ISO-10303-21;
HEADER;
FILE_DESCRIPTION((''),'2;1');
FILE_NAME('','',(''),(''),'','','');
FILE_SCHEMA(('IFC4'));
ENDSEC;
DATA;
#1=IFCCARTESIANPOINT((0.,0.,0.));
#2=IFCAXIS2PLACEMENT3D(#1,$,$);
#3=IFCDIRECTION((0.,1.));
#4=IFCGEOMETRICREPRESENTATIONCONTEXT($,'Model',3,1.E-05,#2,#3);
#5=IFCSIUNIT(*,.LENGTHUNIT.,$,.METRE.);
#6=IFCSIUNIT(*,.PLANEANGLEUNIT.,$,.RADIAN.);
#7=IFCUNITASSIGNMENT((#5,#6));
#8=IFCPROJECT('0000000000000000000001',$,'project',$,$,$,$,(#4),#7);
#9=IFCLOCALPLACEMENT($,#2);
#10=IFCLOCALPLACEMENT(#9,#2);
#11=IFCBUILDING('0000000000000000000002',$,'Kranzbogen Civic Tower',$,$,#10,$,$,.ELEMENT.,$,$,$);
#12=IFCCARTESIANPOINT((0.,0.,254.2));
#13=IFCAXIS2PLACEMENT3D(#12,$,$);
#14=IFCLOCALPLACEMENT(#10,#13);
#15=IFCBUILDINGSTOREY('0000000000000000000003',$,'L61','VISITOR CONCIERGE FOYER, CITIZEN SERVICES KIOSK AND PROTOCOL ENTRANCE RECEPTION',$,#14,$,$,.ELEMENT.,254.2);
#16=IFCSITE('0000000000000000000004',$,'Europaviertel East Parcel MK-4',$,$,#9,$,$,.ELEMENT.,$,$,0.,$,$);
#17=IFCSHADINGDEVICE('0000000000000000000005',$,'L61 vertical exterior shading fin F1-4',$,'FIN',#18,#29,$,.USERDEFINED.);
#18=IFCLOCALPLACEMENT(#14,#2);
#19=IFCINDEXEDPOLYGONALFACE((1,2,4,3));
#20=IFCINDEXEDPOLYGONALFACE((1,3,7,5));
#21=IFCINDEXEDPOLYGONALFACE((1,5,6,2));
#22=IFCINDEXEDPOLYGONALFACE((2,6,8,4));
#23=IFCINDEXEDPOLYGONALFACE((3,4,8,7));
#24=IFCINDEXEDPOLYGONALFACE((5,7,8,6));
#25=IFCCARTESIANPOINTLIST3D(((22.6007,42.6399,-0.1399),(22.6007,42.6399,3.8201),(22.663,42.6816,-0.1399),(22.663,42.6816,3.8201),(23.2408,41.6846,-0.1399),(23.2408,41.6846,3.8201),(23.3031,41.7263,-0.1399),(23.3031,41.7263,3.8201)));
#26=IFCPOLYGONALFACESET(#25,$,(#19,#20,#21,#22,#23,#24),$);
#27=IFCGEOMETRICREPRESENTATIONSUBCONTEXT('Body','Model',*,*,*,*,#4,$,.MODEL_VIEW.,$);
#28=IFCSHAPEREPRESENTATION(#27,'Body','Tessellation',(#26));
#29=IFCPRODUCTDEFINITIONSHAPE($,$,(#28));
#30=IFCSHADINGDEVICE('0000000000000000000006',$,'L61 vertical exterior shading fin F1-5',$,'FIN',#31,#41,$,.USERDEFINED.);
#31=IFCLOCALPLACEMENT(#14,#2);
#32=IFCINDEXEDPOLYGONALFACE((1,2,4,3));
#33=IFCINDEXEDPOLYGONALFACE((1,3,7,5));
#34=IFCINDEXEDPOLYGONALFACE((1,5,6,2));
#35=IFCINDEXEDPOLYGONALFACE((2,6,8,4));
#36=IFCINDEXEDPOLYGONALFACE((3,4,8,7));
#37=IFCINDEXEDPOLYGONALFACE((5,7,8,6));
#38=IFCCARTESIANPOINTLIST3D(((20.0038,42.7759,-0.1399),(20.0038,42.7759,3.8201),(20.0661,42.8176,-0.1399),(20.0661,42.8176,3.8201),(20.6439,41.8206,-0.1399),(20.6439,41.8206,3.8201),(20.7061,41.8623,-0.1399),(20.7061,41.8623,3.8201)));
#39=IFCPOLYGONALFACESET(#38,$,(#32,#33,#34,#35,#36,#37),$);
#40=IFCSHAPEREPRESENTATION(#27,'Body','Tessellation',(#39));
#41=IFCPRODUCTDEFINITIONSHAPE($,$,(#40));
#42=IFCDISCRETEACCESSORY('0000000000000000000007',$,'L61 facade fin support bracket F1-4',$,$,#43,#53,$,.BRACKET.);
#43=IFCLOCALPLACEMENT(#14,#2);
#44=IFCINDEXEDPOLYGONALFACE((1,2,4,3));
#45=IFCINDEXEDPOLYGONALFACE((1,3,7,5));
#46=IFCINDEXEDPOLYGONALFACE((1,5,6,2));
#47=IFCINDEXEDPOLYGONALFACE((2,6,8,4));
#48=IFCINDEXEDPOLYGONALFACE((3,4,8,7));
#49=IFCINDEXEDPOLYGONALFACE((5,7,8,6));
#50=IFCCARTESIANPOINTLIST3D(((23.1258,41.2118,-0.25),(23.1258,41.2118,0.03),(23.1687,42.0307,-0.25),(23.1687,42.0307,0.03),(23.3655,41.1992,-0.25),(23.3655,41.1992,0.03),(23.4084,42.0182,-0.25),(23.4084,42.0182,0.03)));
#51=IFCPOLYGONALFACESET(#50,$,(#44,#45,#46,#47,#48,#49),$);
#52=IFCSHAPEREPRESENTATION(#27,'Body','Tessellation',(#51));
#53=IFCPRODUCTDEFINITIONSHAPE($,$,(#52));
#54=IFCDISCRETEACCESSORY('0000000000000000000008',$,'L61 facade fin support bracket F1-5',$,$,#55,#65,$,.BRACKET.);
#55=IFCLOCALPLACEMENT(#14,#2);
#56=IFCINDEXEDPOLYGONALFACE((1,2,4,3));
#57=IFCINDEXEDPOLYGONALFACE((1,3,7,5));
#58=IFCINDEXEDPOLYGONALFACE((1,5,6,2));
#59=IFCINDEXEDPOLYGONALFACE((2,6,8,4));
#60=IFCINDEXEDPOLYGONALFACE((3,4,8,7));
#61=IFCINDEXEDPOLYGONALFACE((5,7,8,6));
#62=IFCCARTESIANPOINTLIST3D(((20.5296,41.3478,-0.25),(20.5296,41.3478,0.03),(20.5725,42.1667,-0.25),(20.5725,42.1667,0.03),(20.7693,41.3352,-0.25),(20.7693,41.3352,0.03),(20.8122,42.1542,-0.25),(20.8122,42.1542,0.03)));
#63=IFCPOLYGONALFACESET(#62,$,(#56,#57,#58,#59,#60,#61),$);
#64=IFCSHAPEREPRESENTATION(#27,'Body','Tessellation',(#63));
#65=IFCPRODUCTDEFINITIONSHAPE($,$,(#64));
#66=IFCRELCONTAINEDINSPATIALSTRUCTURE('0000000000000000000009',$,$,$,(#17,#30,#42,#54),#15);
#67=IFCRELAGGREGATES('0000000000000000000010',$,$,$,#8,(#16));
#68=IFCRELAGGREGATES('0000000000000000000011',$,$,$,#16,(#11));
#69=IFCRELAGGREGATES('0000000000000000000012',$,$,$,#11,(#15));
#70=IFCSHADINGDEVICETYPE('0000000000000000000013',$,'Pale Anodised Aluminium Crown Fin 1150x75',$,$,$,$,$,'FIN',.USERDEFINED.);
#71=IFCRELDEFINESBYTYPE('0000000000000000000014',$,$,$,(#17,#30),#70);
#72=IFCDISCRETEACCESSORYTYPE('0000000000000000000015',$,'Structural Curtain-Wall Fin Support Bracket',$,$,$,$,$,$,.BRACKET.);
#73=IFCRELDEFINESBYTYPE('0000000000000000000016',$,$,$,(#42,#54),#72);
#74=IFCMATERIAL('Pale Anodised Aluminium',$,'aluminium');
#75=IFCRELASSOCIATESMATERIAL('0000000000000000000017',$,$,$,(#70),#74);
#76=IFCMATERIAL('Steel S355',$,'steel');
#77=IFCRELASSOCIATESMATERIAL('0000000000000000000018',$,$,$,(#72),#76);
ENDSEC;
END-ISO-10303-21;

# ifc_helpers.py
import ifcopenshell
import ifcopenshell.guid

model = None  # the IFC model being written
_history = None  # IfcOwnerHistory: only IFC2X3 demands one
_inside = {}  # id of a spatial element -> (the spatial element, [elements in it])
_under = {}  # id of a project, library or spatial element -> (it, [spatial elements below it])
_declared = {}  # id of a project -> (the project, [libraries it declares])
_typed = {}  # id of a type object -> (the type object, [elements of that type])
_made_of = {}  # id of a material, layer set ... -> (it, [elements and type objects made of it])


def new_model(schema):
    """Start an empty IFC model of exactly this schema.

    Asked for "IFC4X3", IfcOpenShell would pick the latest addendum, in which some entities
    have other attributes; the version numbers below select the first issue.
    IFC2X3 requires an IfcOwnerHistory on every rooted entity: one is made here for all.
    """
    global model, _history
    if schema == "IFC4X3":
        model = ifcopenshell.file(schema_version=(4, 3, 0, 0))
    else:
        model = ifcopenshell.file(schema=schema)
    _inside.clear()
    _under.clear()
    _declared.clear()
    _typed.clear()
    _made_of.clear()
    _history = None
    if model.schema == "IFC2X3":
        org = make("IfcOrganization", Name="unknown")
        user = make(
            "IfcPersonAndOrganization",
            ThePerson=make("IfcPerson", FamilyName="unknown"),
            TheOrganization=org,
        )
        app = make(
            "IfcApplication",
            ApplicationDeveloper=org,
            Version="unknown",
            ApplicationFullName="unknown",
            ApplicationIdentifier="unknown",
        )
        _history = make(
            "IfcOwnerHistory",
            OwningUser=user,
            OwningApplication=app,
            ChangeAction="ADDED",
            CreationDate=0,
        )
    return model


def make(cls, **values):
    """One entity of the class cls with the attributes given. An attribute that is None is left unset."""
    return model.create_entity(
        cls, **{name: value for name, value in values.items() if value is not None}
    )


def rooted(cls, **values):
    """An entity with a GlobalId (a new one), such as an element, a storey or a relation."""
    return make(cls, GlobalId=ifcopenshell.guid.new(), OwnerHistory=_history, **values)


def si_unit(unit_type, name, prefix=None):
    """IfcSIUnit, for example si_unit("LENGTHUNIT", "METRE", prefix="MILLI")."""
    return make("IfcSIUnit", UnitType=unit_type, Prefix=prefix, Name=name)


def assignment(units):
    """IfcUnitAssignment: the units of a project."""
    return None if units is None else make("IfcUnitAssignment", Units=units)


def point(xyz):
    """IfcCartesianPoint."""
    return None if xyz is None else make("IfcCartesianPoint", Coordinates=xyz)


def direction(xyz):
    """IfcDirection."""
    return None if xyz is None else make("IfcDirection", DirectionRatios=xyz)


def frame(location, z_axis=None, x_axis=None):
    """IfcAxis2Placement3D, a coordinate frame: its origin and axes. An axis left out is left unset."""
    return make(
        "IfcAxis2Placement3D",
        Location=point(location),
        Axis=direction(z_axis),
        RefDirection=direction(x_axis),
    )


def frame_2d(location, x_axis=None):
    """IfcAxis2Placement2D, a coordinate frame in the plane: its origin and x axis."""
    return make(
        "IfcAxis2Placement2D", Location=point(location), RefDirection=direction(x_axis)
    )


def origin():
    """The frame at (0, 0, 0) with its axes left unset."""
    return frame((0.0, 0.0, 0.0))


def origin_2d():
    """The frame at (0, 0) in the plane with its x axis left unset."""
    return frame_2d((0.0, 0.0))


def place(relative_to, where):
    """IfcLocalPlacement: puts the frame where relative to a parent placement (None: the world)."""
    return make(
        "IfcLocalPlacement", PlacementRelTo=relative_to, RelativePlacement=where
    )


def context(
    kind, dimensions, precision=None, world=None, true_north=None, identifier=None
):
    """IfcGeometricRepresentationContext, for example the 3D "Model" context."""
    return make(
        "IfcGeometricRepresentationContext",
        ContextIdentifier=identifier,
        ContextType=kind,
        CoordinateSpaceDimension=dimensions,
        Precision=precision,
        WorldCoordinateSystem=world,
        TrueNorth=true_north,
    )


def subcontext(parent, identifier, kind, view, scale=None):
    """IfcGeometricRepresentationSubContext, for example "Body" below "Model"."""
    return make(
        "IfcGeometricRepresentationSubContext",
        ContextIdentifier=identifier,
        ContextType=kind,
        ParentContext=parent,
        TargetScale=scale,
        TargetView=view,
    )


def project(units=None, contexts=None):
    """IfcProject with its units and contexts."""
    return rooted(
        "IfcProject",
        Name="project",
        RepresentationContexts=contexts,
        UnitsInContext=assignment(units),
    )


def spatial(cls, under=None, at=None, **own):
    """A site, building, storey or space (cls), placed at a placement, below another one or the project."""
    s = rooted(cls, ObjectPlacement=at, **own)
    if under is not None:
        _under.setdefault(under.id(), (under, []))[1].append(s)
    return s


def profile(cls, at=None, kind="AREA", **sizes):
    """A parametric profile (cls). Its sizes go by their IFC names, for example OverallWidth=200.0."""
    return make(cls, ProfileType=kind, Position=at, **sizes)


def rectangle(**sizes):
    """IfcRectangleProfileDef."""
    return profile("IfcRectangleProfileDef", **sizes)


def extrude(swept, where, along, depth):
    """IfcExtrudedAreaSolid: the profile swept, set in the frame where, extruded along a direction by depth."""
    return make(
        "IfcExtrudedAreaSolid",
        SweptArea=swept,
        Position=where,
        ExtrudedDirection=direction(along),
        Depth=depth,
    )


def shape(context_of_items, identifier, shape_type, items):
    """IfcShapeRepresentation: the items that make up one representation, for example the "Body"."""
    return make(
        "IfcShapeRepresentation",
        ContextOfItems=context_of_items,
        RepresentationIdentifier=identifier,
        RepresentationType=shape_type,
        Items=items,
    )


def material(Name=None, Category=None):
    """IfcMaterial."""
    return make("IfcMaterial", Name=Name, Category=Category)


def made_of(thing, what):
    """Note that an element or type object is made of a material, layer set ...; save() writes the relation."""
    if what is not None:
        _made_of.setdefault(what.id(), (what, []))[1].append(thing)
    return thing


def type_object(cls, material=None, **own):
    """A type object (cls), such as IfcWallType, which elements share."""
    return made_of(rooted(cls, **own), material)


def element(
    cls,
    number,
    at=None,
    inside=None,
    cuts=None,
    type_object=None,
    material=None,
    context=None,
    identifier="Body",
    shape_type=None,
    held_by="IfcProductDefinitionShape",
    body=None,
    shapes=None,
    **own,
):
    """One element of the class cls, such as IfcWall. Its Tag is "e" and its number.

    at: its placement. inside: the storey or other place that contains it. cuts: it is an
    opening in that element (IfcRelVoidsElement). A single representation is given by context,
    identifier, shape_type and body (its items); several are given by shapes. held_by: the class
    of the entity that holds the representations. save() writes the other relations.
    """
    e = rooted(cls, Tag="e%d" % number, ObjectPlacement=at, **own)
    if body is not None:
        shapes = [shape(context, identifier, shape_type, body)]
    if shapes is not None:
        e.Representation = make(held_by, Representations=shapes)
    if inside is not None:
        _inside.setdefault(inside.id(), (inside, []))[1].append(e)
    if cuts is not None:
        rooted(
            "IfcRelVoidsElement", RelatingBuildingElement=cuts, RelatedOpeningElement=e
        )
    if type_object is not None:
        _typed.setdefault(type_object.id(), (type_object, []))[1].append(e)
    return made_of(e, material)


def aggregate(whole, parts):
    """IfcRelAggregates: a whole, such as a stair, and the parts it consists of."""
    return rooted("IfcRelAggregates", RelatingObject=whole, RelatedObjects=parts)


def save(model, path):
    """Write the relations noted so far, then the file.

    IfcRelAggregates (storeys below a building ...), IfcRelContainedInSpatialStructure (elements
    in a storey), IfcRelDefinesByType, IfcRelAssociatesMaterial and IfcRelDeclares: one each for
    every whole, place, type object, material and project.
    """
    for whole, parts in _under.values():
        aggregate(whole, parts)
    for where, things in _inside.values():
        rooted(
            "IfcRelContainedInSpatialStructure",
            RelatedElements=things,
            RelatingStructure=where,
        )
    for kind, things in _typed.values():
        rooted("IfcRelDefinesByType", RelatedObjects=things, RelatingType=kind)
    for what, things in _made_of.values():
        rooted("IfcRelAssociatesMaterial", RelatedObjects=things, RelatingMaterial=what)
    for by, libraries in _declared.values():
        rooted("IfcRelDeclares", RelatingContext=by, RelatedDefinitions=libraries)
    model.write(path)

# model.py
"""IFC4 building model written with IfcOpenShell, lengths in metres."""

from ifc_helpers import new_model, si_unit, direction, frame, origin, origin_2d, place, context, subcontext, project, spatial, rectangle, extrude, material, type_object, element, save


model = new_model("IFC4")

# Units and contexts
model_context = context("Model", 3, precision=1e-05, world=origin(), true_north=direction((0.0, 1.0)))
body_context = subcontext(model_context, "Body", "Model", "MODEL_VIEW")
ifc_project = project(units=[si_unit("LENGTHUNIT", "METRE"), si_unit("PLANEANGLEUNIT", "RADIAN")], contexts=[model_context])

# Site, building, storey
site_placement = place(None, origin())
site = spatial("IfcSite", under=ifc_project, at=site_placement, Name="Europaviertel East Parcel MK-4", CompositionType="ELEMENT", RefElevation=0.0)
building_placement = place(site_placement, origin())
building = spatial("IfcBuilding", under=site, at=building_placement, Name="Kranzbogen Civic Tower", CompositionType="ELEMENT")
storey_placement = place(building_placement, frame((0.0, 0.0, 254.2)))
storey = spatial("IfcBuildingStorey", under=building, at=storey_placement, Name="L61", Description="VISITOR CONCIERGE FOYER, CITIZEN SERVICES KIOSK AND PROTOCOL ENTRANCE RECEPTION", CompositionType="ELEMENT", Elevation=254.2)

# Shared definitions
ifc_material_1 = material(Name="Steel S355", Category="steel")

# Shared definitions
ifc_material_2 = material(Name="Pale Anodised Aluminium", Category="aluminium")

# Shading devices
shading_device_type = type_object("IfcShadingDeviceType", Name="Pale Anodised Aluminium Crown Fin 1150x75", ElementType="FIN", PredefinedType="USERDEFINED", material=ifc_material_2)
for number, where, z_axis, x_axis, name in (
    (1, (22.9519, 42.1831, -0.1399), (0.0, 0.0, 1.0), (-0.556615, 0.830771, 0.0), "L61 vertical exterior shading fin F1-4"),
    (2, (20.355, 42.3191, -0.1399), (0.0, 0.0, 1.0), (-0.556615, 0.830771, 0.0), "L61 vertical exterior shading fin F1-5"),
):
    element("IfcShadingDevice", number, at=place(storey_placement, frame(where, z_axis=z_axis, x_axis=x_axis)), inside=storey, type_object=shading_device_type, Name=name, ObjectType="FIN", PredefinedType="USERDEFINED", context=body_context, shape_type="SweptSolid", body=[
        extrude(rectangle(XDim=1.1499, YDim=0.075, at=origin_2d()), origin(), (0.0, 0.0, 1.0), 3.96),
    ])

# Discrete accessories
discrete_accessory_type = type_object("IfcDiscreteAccessoryType", Name="Structural Curtain-Wall Fin Support Bracket", PredefinedType="BRACKET", material=ifc_material_1)
for number, where, z_axis, x_axis, name in (
    (3, (23.2671, 41.615, -0.25), (0.0, 0.0, 1.0), (0.052336, 0.99863, 0.0), "L61 facade fin support bracket F1-4"),
    (4, (20.6709, 41.751, -0.25), (0.0, 0.0, 1.0), (0.052336, 0.99863, 0.0), "L61 facade fin support bracket F1-5"),
):
    element("IfcDiscreteAccessory", number, at=place(storey_placement, frame(where, z_axis=z_axis, x_axis=x_axis)), inside=storey, type_object=discrete_accessory_type, Name=name, PredefinedType="BRACKET", context=body_context, shape_type="SweptSolid", body=[
        extrude(rectangle(XDim=0.8201, YDim=0.24, at=origin_2d()), origin(), (0.0, 0.0, 1.0), 0.28),
    ])

save(model, "model.ifc")
